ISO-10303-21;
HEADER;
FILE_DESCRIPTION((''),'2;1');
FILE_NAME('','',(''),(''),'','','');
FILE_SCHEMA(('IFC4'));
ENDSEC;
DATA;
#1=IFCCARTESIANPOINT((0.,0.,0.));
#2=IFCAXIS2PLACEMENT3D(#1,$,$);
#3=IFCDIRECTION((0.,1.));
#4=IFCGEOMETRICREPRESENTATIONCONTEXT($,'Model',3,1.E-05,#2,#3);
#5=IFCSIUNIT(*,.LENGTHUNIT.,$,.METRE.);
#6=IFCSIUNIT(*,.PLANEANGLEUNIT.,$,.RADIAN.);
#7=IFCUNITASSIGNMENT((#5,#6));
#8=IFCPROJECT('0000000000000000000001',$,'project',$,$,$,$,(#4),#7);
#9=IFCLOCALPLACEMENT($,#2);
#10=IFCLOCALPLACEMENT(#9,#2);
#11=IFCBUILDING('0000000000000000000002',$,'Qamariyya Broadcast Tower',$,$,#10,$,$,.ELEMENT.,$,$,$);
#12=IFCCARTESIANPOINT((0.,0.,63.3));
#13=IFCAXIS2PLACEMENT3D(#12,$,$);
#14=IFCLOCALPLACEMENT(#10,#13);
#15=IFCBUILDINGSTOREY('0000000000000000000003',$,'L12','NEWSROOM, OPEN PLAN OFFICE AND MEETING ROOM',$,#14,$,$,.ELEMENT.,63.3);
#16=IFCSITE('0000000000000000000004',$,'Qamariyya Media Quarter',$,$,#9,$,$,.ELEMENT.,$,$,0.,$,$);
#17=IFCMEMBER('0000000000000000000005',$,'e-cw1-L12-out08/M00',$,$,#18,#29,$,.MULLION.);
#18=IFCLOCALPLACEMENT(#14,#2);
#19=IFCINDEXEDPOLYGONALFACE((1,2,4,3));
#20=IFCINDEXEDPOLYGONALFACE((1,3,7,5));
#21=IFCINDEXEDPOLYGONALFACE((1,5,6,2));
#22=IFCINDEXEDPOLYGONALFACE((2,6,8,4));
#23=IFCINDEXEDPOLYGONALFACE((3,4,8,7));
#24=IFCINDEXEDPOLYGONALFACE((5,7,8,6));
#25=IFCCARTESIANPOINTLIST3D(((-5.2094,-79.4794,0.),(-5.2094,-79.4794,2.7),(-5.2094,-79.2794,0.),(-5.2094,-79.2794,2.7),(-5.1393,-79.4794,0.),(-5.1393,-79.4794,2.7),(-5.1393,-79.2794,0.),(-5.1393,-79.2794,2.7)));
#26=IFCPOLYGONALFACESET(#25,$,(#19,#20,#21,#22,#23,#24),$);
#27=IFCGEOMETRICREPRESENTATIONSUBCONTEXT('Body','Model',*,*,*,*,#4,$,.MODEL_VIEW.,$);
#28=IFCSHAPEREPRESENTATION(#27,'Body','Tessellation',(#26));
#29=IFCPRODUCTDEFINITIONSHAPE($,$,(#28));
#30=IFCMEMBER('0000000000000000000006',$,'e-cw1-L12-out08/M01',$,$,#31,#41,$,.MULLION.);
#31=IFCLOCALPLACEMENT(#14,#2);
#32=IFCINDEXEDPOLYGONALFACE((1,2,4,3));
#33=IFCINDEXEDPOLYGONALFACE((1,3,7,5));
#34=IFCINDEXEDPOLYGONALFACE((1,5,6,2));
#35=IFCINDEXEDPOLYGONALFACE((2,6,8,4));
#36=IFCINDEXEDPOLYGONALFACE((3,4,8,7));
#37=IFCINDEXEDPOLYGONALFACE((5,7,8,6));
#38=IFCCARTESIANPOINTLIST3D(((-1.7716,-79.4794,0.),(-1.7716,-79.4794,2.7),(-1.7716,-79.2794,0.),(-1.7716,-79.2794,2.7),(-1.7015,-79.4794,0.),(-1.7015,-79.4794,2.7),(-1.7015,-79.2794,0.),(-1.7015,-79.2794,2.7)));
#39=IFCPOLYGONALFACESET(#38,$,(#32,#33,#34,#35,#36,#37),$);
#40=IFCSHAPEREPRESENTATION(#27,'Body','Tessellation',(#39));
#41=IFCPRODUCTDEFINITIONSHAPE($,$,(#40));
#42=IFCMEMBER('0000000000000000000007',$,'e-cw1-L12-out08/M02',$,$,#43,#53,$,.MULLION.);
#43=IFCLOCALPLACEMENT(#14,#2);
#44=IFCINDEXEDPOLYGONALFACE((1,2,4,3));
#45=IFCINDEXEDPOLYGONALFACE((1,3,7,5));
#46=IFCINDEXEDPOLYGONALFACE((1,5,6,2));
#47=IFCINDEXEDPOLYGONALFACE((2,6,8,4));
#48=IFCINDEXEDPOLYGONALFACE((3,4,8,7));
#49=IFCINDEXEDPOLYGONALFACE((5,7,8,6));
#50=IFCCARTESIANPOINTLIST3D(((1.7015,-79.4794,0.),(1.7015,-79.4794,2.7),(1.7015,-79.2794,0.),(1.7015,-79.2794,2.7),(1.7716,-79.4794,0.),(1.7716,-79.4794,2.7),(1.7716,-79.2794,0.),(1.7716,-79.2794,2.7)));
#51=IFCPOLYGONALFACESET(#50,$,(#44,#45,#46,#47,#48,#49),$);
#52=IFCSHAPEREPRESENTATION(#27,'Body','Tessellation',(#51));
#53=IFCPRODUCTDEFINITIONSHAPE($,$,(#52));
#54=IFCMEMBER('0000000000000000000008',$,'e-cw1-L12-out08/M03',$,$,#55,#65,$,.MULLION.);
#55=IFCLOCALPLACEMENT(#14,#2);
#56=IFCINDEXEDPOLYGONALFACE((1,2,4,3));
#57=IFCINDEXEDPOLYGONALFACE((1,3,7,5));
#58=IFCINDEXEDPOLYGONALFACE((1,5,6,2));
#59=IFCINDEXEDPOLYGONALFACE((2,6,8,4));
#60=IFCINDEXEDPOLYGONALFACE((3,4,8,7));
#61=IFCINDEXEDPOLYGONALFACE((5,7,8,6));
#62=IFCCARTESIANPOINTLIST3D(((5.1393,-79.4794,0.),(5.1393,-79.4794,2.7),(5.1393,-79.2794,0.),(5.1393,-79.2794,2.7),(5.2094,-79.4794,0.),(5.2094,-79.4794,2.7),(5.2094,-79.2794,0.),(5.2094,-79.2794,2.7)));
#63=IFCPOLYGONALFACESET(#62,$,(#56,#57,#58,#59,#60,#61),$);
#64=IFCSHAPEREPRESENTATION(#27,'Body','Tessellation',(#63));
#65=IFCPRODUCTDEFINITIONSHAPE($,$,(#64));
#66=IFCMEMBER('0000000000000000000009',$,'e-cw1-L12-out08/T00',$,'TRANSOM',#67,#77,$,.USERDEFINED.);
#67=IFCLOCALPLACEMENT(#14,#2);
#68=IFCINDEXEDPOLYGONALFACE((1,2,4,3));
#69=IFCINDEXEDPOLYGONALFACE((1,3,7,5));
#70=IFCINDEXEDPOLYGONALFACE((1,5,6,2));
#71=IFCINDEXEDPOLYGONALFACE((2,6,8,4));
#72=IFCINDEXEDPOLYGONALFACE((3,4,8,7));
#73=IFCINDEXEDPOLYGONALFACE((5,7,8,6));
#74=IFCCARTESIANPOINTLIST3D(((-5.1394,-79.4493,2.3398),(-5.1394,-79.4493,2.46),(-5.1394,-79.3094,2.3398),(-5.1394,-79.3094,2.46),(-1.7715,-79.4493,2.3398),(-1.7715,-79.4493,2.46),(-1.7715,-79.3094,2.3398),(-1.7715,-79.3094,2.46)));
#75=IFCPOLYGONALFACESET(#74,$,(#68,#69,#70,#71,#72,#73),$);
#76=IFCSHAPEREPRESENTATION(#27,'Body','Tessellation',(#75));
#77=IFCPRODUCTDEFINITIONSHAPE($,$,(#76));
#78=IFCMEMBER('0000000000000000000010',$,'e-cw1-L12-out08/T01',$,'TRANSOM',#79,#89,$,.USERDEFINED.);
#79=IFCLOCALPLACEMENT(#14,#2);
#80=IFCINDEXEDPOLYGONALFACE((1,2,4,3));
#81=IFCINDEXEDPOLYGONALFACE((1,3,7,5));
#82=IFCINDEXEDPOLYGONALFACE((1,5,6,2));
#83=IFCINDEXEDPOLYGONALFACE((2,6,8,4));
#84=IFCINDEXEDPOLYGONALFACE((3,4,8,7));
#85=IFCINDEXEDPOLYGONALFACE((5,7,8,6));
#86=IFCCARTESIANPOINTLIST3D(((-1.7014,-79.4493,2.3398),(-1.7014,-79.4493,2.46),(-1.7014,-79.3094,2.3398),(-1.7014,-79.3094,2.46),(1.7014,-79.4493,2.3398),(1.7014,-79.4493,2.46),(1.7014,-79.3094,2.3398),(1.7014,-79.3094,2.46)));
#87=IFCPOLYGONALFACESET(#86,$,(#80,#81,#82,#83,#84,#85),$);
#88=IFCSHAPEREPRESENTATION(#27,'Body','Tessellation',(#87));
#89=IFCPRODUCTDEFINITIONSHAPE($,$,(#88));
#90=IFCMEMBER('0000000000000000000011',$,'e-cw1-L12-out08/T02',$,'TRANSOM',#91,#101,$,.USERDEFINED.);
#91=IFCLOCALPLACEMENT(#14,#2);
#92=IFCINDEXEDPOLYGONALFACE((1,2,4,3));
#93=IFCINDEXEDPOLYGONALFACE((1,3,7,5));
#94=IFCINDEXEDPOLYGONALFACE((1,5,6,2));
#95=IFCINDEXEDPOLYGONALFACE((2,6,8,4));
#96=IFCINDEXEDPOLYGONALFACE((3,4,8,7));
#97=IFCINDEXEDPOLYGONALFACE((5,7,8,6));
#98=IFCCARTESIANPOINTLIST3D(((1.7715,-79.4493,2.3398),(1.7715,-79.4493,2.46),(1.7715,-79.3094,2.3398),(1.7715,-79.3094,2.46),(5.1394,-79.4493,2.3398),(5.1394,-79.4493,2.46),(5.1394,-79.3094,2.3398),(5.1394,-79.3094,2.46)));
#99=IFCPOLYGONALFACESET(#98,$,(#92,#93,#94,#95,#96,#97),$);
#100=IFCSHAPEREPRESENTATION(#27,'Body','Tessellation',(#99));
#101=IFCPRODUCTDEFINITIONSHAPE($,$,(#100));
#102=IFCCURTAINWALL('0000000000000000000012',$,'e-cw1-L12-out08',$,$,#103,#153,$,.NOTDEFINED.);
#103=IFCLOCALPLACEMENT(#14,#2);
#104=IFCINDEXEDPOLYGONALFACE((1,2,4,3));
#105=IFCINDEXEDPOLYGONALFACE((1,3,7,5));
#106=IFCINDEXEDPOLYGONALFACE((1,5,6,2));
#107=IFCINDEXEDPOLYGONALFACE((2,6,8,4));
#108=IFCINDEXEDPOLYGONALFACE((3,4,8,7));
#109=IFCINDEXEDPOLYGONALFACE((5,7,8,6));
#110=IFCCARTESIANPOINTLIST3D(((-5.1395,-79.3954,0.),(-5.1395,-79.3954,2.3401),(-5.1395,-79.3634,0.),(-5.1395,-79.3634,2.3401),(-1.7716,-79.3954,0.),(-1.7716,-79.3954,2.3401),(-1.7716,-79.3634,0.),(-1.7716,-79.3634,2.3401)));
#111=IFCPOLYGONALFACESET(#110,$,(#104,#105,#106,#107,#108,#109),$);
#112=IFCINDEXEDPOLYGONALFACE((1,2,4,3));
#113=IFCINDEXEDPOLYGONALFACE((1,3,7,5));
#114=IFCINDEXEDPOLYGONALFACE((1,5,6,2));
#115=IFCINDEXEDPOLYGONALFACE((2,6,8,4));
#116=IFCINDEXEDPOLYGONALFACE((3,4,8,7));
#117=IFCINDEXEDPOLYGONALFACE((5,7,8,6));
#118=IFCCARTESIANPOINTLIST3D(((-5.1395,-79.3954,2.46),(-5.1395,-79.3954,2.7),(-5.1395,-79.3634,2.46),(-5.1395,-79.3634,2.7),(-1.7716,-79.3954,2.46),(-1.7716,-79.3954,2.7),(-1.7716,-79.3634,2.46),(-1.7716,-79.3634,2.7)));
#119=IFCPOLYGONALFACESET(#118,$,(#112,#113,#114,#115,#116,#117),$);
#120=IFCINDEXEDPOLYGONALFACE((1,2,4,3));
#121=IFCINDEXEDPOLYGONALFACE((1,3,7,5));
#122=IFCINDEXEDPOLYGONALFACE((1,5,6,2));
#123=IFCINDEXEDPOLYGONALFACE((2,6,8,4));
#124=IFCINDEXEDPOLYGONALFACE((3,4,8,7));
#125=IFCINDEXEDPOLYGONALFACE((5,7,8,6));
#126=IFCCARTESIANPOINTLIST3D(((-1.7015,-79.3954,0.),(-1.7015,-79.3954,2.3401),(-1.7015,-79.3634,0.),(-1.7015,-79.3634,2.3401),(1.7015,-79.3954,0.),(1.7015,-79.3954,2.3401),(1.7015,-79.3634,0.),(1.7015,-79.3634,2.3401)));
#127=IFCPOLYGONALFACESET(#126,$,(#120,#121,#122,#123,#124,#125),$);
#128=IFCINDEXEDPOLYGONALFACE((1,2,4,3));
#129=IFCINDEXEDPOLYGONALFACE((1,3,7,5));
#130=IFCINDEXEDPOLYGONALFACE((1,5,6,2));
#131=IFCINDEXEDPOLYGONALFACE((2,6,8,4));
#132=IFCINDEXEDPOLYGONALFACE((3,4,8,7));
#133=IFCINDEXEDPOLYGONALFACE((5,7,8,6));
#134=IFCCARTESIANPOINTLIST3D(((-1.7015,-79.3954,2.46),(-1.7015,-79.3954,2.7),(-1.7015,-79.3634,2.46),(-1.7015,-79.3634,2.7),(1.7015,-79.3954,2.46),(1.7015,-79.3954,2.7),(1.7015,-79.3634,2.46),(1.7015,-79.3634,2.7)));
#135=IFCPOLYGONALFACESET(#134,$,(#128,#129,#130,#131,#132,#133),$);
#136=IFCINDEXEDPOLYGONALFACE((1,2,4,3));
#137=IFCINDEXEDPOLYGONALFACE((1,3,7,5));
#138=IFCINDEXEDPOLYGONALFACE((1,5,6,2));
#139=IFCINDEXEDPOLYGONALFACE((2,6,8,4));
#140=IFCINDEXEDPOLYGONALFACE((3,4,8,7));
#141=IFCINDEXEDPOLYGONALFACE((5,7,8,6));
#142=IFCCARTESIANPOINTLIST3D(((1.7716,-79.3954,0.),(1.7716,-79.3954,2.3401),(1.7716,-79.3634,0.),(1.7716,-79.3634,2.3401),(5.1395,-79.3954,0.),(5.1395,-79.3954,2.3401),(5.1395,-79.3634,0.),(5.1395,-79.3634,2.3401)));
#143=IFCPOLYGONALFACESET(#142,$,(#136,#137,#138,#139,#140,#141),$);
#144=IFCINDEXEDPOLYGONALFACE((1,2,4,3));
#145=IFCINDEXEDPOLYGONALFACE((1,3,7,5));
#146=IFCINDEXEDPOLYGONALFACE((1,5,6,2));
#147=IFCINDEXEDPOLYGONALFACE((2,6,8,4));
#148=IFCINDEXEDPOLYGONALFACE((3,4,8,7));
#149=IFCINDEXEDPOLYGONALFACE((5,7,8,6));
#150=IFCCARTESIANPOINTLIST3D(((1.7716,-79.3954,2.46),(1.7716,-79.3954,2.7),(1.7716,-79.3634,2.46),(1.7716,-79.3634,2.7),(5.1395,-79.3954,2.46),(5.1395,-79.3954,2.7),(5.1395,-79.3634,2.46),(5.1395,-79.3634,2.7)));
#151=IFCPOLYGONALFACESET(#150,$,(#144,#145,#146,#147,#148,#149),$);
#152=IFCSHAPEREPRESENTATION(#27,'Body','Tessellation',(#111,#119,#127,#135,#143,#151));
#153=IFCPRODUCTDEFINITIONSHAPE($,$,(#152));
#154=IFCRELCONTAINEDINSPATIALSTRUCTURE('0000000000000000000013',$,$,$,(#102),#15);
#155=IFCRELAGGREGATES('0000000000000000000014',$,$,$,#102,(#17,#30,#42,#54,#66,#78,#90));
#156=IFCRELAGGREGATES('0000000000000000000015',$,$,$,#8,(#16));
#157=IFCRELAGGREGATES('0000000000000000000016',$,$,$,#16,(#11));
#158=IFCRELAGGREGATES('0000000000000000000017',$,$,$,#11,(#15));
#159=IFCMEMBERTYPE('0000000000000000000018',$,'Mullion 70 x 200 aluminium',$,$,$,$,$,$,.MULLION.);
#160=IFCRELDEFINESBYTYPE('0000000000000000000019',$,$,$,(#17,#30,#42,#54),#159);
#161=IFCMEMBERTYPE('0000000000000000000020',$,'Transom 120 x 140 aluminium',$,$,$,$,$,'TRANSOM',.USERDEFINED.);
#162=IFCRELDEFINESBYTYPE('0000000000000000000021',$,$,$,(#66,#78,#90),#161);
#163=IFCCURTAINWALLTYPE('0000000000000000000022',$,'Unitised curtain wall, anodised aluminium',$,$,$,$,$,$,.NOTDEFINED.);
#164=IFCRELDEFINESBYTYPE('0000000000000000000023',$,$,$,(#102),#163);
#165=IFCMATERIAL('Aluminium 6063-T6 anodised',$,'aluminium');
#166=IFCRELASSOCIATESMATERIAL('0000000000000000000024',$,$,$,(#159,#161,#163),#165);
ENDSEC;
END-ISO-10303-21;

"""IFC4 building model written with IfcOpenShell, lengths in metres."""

from ifc_helpers import new_model, si_unit, direction, frame, origin, origin_2d, place, context, subcontext, project, spatial, rectangle, extrude, material, material_profile, profile_set, type_object, element, aggregate, save


model = new_model("IFC4")

# Units and contexts
model_context = context("Model", 3, precision=1e-05, world=origin(), true_north=direction((0.0, 1.0)))
body_context = subcontext(model_context, "Body", "Model", "MODEL_VIEW")
ifc_project = project(units=[si_unit("LENGTHUNIT", "METRE"), si_unit("PLANEANGLEUNIT", "RADIAN")], contexts=[model_context])

# Members
ifc_material = material(Name="Aluminium 6063-T6 anodised", Category="aluminium")
ifc_material_profile_1 = material_profile(ifc_material, rectangle(XDim=0.2, YDim=0.0701, at=origin_2d()))
ifc_profile_set_1 = profile_set([ifc_material_profile_1], Name="Aluminium 6063-T6 anodised")
member_type_1 = type_object("IfcMemberType", Name="Mullion 70 x 200 aluminium", PredefinedType="MULLION", material=ifc_profile_set_1)
site_placement = place(None, origin())
building_placement = place(site_placement, origin())
storey_placement = place(building_placement, frame((0.0, 0.0, 63.3)))
member_1_placement = place(storey_placement, frame((-5.1743, -79.3794, 0.0), z_axis=(0.0, 0.0, 1.0), x_axis=(0.0, 1.0, 0.0)))
member_1 = element("IfcMember", 1, at=member_1_placement, type_object=member_type_1, Name="e-cw1-L12-out08/M00", PredefinedType="MULLION", context=body_context, shape_type="SweptSolid", body=[
    extrude(rectangle(XDim=0.2, YDim=0.0701, at=origin_2d()), origin(), (0.0, 0.0, 1.0), 2.7),
])
member_2_placement = place(storey_placement, frame((-1.7366, -79.3794, 0.0), z_axis=(0.0, 0.0, 1.0), x_axis=(0.0, 1.0, 0.0)))
member_2 = element("IfcMember", 2, at=member_2_placement, type_object=member_type_1, Name="e-cw1-L12-out08/M01", PredefinedType="MULLION", context=body_context, shape_type="SweptSolid", body=[
    extrude(rectangle(XDim=0.2, YDim=0.0701, at=origin_2d()), origin(), (0.0, 0.0, 1.0), 2.7),
])
member_3_placement = place(storey_placement, frame((1.7366, -79.3794, 0.0), z_axis=(0.0, 0.0, 1.0), x_axis=(0.0, 1.0, 0.0)))
member_3 = element("IfcMember", 3, at=member_3_placement, type_object=member_type_1, Name="e-cw1-L12-out08/M02", PredefinedType="MULLION", context=body_context, shape_type="SweptSolid", body=[
    extrude(rectangle(XDim=0.2, YDim=0.0701, at=origin_2d()), origin(), (0.0, 0.0, 1.0), 2.7),
])
member_4_placement = place(storey_placement, frame((5.1743, -79.3794, 0.0), z_axis=(0.0, 0.0, 1.0), x_axis=(0.0, 1.0, 0.0)))
member_4 = element("IfcMember", 4, at=member_4_placement, type_object=member_type_1, Name="e-cw1-L12-out08/M03", PredefinedType="MULLION", context=body_context, shape_type="SweptSolid", body=[
    extrude(rectangle(XDim=0.2, YDim=0.0701, at=origin_2d()), origin(), (0.0, 0.0, 1.0), 2.7),
])
ifc_material_profile_2 = material_profile(ifc_material, rectangle(XDim=0.1399, YDim=0.1201, at=origin_2d()))
ifc_profile_set_2 = profile_set([ifc_material_profile_2], Name="Aluminium 6063-T6 anodised")
member_type_2 = type_object("IfcMemberType", Name="Transom 120 x 140 aluminium", ElementType="TRANSOM", PredefinedType="USERDEFINED", material=ifc_profile_set_2)
member_5_placement = place(storey_placement, frame((-5.1394, -79.3794, 2.3999), z_axis=(1.0, 0.0, 0.0), x_axis=(0.0, 1.0, 0.0)))
member_5 = element("IfcMember", 5, at=member_5_placement, type_object=member_type_2, Name="e-cw1-L12-out08/T00", ObjectType="TRANSOM", PredefinedType="USERDEFINED", context=body_context, shape_type="SweptSolid", body=[
    extrude(rectangle(XDim=0.1399, YDim=0.1201, at=origin_2d()), origin(), (0.0, 0.0, 1.0), 3.3679),
])
member_6_placement = place(storey_placement, frame((-1.7014, -79.3794, 2.3999), z_axis=(1.0, 0.0, 0.0), x_axis=(0.0, 1.0, 0.0)))
member_6 = element("IfcMember", 6, at=member_6_placement, type_object=member_type_2, Name="e-cw1-L12-out08/T01", ObjectType="TRANSOM", PredefinedType="USERDEFINED", context=body_context, shape_type="SweptSolid", body=[
    extrude(rectangle(XDim=0.1399, YDim=0.1201, at=origin_2d()), origin(), (0.0, 0.0, 1.0), 3.4028),
])
member_7_placement = place(storey_placement, frame((1.7715, -79.3794, 2.3999), z_axis=(1.0, 0.0, 0.0), x_axis=(0.0, 1.0, 0.0)))
member_7 = element("IfcMember", 7, at=member_7_placement, type_object=member_type_2, Name="e-cw1-L12-out08/T02", ObjectType="TRANSOM", PredefinedType="USERDEFINED", context=body_context, shape_type="SweptSolid", body=[
    extrude(rectangle(XDim=0.1399, YDim=0.1201, at=origin_2d()), origin(), (0.0, 0.0, 1.0), 3.3679),
])

# Site, building, storey
site = spatial("IfcSite", under=ifc_project, at=site_placement, Name="Qamariyya Media Quarter", CompositionType="ELEMENT", RefElevation=0.0)
building = spatial("IfcBuilding", under=site, at=building_placement, Name="Qamariyya Broadcast Tower", CompositionType="ELEMENT")
storey = spatial("IfcBuildingStorey", under=building, at=storey_placement, Name="L12", Description="NEWSROOM, OPEN PLAN OFFICE AND MEETING ROOM", CompositionType="ELEMENT", Elevation=63.3)

# Curtain wall
curtain_wall_type = type_object("IfcCurtainWallType", Name="Unitised curtain wall, anodised aluminium", PredefinedType="NOTDEFINED", material=ifc_material)
curtain_wall_1_placement = place(storey_placement, origin())
curtain_wall_1 = element("IfcCurtainWall", 8, at=curtain_wall_1_placement, inside=storey, type_object=curtain_wall_type, Name="e-cw1-L12-out08", PredefinedType="NOTDEFINED", context=body_context, shape_type="SweptSolid", body=[
    extrude(rectangle(XDim=3.3679, YDim=0.032, at=origin_2d()), frame((-3.4556, -79.3794, 0.0), x_axis=(1.0, 0.0, 0.0)), (0.0, 0.0, 1.0), 2.3401),
    extrude(rectangle(XDim=3.3679, YDim=0.032, at=origin_2d()), frame((-3.4556, -79.3794, 2.46), x_axis=(1.0, 0.0, 0.0)), (0.0, 0.0, 1.0), 0.24),
    extrude(rectangle(XDim=3.4031, YDim=0.032, at=origin_2d()), frame((0.0, -79.3794, 0.0), x_axis=(1.0, 0.0, 0.0)), (0.0, 0.0, 1.0), 2.3401),
    extrude(rectangle(XDim=3.4031, YDim=0.032, at=origin_2d()), frame((0.0, -79.3794, 2.46), x_axis=(1.0, 0.0, 0.0)), (0.0, 0.0, 1.0), 0.24),
    extrude(rectangle(XDim=3.3679, YDim=0.032, at=origin_2d()), frame((3.4556, -79.3794, 0.0), x_axis=(1.0, 0.0, 0.0)), (0.0, 0.0, 1.0), 2.3401),
    extrude(rectangle(XDim=3.3679, YDim=0.032, at=origin_2d()), frame((3.4556, -79.3794, 2.46), x_axis=(1.0, 0.0, 0.0)), (0.0, 0.0, 1.0), 0.24),
])
aggregate(curtain_wall_1, [member_1, member_2, member_3, member_4, member_5, member_6, member_7])

save(model, "model.ifc")
